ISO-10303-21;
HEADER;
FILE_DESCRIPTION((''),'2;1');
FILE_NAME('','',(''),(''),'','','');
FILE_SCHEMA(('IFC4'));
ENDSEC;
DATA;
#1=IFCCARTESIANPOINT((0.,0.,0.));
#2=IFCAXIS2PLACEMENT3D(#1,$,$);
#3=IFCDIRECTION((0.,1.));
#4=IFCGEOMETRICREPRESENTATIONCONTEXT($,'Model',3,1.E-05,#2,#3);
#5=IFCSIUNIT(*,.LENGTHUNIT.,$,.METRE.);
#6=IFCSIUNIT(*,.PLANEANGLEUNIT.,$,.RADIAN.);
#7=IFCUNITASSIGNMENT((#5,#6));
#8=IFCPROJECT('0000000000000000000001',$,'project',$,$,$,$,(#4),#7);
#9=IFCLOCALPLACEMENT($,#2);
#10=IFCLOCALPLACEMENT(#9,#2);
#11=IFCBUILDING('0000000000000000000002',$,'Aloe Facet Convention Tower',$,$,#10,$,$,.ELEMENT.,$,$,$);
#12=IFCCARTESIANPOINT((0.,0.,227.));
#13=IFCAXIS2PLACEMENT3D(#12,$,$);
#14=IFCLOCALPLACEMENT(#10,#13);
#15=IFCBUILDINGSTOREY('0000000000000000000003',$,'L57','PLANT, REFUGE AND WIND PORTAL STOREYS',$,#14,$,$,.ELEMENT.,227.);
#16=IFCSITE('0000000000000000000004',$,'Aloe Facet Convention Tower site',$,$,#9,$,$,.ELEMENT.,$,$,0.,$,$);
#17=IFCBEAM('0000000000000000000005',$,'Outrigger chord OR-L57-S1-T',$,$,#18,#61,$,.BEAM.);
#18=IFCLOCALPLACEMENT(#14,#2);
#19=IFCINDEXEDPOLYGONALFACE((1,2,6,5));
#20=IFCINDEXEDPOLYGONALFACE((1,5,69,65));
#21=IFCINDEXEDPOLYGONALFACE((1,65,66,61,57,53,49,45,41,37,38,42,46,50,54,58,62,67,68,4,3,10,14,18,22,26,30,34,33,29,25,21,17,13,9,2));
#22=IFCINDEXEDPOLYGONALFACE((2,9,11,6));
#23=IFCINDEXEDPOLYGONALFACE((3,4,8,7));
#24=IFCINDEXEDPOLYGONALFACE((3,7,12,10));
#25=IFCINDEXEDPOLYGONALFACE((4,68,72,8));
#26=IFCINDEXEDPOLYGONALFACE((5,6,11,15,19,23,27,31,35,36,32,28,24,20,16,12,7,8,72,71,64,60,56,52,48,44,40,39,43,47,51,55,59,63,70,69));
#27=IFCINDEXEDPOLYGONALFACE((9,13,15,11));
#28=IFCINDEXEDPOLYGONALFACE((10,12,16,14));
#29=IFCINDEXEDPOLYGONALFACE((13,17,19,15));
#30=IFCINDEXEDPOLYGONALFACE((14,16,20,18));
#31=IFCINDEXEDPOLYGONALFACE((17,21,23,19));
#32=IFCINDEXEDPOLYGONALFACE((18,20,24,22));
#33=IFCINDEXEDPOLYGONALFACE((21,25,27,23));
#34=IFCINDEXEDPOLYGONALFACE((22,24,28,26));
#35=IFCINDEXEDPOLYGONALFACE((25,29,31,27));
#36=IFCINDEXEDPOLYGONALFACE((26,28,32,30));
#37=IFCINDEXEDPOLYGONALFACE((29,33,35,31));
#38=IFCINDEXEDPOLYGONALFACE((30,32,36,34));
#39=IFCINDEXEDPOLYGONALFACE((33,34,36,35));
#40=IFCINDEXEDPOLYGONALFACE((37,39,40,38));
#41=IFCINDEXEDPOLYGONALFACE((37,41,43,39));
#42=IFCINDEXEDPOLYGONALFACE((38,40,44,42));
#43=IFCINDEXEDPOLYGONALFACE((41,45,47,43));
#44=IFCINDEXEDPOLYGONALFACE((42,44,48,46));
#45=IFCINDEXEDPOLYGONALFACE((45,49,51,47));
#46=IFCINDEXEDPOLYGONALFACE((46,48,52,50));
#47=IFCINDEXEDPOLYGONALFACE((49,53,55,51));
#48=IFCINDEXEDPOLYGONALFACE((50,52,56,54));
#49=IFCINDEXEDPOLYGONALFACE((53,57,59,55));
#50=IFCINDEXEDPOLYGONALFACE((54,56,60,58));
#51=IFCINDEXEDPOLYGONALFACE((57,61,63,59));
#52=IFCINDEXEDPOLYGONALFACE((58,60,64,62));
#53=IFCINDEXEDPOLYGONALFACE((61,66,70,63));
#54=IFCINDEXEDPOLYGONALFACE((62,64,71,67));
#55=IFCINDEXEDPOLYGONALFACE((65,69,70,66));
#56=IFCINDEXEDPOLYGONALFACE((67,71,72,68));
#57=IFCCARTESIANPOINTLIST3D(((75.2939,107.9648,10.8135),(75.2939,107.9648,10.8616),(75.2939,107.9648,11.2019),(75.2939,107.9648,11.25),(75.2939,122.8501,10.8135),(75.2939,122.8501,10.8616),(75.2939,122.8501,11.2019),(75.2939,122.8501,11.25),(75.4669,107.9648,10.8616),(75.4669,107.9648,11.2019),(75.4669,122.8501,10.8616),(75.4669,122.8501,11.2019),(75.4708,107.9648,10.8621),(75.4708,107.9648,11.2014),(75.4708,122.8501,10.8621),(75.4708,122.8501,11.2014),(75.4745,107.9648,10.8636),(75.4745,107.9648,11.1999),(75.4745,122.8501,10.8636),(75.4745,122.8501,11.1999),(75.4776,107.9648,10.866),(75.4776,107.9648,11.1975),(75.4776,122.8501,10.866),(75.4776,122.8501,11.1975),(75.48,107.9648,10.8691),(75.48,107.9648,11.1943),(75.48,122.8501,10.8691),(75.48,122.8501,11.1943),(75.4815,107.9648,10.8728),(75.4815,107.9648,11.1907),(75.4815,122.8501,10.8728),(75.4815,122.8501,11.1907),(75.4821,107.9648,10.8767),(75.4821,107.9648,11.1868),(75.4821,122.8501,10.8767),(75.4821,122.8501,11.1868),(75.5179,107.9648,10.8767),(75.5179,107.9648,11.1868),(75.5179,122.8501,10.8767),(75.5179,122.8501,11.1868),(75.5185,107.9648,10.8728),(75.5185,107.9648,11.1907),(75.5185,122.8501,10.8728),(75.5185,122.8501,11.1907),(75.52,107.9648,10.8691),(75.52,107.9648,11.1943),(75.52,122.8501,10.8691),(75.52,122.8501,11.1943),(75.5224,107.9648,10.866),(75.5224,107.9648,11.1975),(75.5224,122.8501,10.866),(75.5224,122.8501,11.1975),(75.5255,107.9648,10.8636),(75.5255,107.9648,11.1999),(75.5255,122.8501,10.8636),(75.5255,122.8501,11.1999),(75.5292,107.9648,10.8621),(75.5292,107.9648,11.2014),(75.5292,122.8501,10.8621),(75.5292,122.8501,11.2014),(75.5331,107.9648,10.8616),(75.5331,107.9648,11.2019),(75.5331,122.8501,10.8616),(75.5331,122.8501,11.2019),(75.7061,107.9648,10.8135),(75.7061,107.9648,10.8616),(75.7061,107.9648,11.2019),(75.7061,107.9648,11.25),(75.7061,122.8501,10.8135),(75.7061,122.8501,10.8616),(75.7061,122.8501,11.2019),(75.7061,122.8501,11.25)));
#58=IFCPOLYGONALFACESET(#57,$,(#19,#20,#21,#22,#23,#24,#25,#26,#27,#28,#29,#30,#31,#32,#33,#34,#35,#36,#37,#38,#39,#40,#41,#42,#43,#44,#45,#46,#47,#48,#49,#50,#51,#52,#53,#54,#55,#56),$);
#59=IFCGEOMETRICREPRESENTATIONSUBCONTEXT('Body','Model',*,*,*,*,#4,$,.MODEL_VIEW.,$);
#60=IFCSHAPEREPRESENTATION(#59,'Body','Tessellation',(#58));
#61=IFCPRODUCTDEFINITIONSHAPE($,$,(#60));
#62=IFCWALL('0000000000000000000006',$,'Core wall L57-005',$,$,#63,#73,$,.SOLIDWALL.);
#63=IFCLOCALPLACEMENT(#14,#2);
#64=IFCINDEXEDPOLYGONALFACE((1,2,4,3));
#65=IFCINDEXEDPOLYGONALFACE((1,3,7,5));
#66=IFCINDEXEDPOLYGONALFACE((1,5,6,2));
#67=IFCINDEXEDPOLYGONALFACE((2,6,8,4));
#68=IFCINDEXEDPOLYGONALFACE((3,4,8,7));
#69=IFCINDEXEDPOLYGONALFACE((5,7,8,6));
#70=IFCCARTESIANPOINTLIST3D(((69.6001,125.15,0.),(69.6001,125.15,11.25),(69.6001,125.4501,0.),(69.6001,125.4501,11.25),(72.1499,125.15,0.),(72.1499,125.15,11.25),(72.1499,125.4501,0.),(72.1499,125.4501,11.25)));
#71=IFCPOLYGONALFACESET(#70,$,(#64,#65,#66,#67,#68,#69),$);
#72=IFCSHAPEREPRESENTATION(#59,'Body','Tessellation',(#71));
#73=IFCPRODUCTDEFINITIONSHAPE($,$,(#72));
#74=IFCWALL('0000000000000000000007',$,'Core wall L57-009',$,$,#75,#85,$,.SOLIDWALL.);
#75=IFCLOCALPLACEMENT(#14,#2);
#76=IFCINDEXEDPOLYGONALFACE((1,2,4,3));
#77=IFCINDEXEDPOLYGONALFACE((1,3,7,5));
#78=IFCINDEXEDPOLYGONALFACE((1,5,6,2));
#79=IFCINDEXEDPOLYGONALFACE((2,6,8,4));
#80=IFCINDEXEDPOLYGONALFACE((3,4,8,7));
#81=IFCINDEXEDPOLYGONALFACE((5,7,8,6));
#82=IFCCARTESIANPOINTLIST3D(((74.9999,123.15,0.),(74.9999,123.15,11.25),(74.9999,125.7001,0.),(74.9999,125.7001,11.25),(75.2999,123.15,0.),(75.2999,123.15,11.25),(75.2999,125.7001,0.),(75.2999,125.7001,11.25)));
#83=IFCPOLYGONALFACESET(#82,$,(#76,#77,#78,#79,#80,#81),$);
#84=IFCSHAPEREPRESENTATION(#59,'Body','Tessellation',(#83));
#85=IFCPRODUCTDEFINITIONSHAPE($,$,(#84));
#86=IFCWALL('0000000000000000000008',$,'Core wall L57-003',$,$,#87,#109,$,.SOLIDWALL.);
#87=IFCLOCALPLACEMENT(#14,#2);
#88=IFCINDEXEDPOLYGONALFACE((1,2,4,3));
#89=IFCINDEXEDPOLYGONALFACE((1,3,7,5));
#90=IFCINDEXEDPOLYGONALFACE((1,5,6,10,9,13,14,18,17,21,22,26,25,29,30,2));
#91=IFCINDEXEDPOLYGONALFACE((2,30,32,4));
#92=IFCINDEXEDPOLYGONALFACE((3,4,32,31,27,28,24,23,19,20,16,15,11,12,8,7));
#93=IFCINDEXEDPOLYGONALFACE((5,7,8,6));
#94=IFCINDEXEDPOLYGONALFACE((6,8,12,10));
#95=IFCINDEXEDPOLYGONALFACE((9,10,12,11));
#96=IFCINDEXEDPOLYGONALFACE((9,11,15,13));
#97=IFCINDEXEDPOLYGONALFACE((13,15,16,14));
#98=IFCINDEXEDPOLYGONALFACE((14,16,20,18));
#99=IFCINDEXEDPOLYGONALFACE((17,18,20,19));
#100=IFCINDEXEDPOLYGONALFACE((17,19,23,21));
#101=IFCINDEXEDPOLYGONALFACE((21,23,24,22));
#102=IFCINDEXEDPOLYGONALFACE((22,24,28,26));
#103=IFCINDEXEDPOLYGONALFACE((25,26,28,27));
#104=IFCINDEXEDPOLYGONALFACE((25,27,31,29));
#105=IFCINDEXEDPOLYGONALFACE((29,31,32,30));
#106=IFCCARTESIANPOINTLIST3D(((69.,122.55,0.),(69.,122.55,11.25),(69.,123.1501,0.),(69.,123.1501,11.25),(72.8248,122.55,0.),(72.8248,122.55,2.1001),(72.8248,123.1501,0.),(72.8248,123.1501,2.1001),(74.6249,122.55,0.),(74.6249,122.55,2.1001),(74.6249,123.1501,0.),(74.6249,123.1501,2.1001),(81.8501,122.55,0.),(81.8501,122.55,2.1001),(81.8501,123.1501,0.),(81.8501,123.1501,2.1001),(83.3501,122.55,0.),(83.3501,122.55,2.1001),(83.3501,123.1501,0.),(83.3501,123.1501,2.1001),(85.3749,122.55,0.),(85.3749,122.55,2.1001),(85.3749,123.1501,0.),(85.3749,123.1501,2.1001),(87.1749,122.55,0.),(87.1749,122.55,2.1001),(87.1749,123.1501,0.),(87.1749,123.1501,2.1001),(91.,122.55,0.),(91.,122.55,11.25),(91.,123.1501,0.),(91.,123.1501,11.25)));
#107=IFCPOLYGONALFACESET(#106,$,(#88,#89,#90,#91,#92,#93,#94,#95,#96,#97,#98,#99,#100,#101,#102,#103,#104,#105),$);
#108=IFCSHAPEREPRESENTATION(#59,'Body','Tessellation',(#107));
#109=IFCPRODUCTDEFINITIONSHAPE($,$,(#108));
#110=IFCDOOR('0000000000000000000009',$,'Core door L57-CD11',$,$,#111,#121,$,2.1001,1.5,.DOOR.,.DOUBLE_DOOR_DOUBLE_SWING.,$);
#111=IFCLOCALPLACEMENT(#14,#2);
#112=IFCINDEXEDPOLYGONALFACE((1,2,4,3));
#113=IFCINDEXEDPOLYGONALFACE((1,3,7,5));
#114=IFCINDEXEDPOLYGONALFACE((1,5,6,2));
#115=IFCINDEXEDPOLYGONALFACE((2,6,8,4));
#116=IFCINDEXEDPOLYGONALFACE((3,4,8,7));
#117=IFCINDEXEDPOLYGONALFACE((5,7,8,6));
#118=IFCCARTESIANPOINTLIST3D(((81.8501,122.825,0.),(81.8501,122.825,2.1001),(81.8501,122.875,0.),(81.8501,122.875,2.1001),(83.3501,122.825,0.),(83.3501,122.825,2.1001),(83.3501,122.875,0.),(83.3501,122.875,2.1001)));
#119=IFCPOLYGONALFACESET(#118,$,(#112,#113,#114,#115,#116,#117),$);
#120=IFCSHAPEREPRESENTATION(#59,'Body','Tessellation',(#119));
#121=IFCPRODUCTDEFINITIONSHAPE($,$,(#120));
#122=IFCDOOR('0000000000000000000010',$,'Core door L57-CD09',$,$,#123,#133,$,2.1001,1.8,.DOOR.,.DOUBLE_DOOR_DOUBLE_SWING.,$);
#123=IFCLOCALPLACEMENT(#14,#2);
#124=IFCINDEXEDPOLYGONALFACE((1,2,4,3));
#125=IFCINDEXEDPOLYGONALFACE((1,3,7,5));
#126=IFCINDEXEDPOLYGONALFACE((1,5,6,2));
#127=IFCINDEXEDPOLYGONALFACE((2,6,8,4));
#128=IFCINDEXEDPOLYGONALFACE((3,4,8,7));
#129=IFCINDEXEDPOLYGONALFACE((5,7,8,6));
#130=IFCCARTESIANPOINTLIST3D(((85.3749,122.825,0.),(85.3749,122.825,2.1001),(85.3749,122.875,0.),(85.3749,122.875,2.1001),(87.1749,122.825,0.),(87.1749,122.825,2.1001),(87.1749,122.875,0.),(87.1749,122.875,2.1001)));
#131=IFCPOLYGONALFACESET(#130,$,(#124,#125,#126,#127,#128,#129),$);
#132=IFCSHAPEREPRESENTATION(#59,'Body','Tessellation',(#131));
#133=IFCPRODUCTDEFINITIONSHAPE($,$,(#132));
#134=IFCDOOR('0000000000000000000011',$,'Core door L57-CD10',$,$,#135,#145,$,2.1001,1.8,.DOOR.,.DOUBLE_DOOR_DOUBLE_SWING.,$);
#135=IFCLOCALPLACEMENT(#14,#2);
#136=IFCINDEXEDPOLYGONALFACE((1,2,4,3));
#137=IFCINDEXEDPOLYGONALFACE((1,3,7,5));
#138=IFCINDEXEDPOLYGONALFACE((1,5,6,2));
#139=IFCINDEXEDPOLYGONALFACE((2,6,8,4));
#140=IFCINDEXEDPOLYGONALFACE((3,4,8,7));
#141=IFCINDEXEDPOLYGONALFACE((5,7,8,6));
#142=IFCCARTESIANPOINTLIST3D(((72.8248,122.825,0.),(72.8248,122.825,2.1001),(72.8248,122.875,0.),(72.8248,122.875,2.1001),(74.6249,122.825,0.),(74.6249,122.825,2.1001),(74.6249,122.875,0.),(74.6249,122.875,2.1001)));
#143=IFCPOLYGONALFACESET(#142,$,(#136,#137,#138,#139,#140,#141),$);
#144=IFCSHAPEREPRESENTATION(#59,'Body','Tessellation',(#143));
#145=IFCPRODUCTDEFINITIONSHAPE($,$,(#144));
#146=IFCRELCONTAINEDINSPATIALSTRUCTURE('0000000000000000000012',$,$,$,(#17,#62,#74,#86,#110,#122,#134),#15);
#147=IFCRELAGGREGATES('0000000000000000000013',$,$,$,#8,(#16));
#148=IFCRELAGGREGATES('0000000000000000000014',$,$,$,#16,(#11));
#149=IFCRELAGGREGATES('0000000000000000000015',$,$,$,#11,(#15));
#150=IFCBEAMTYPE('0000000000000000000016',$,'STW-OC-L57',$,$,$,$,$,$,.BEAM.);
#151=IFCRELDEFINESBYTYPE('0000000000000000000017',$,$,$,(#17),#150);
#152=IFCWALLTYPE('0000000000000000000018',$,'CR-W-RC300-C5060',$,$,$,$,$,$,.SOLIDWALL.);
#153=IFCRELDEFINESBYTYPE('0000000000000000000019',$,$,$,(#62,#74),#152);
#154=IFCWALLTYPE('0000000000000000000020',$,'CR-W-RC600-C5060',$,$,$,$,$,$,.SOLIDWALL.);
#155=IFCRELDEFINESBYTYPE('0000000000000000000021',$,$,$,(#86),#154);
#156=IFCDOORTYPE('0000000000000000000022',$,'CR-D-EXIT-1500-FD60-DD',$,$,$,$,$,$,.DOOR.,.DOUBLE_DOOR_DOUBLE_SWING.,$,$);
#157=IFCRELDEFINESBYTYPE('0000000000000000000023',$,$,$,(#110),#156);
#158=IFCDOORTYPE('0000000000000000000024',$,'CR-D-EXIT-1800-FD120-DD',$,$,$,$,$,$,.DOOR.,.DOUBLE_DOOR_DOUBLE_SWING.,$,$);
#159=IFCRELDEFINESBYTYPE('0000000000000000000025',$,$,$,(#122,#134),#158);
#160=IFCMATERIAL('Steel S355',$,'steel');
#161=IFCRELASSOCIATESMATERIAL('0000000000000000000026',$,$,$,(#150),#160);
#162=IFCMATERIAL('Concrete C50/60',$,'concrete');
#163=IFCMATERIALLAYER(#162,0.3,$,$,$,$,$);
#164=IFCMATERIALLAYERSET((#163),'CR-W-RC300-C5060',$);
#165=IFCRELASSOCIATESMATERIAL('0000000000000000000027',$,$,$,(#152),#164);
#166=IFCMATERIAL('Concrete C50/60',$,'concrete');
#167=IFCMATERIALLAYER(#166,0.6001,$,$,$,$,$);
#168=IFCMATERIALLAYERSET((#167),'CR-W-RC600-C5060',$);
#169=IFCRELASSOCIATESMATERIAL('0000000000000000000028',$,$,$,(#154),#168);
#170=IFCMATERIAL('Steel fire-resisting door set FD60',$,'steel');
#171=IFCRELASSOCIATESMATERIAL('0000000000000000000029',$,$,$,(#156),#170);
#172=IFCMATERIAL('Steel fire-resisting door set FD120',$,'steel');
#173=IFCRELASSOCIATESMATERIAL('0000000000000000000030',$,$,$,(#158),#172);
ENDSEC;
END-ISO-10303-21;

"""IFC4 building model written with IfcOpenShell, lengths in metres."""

from ifc_helpers import new_model, si_unit, direction, frame, frame_2d, origin, origin_2d, place, context, subcontext, project, spatial, rectangle, i_section, extrude, material, layer, layer_set, material_profile, profile_set, type_object, element, fill, save


model = new_model("IFC4")

# Units and contexts
model_context = context("Model", 3, precision=1e-05, world=origin(), true_north=direction((0.0, 1.0)))
body_context = subcontext(model_context, "Body", "Model", "MODEL_VIEW")
ifc_project = project(units=[si_unit("LENGTHUNIT", "METRE"), si_unit("PLANEANGLEUNIT", "RADIAN")], contexts=[model_context])

# Site, building, storey
site_placement = place(None, origin())
site = spatial("IfcSite", under=ifc_project, at=site_placement, Name="Aloe Facet Convention Tower site", CompositionType="ELEMENT", RefElevation=0.0)
building_placement = place(site_placement, origin())
building = spatial("IfcBuilding", under=site, at=building_placement, Name="Aloe Facet Convention Tower", CompositionType="ELEMENT")
storey_placement = place(building_placement, frame((0.0, 0.0, 227.0)))
storey = spatial("IfcBuildingStorey", under=building, at=storey_placement, Name="L57", Description="PLANT, REFUGE AND WIND PORTAL STOREYS", CompositionType="ELEMENT", Elevation=227.0)

# Beam
ifc_material_1 = material(Name="Steel S355", Category="steel")
ifc_material_profile_1 = material_profile(ifc_material_1, i_section(OverallWidth=0.4121, OverallDepth=0.4365, WebThickness=0.0359, FlangeThickness=0.0481, FilletRadius=0.0151, at=origin_2d()), Name="UC 356x406x467")
ifc_profile_set_1 = profile_set([ifc_material_profile_1], Name="Steel S355")
beam_type_1 = type_object("IfcBeamType", Name="STW-OC-L57", PredefinedType="BEAM", material=ifc_profile_set_1)
beam_1_placement = place(storey_placement, frame((75.5, 122.8501, 11.0317), z_axis=(0.0, -1.0, 0.0), x_axis=(1.0, 0.0, 0.0)))
element("IfcBeam", 1, at=beam_1_placement, inside=storey, type_object=beam_type_1, Name="Outrigger chord OR-L57-S1-T", PredefinedType="BEAM", context=body_context, shape_type="SweptSolid", body=[
    extrude(i_section(OverallWidth=0.4121, OverallDepth=0.4365, WebThickness=0.0359, FlangeThickness=0.0481, FilletRadius=0.0151, at=origin_2d()), origin(), (0.0, 0.0, 1.0), 14.8853),
])

# Walls
ifc_material_2 = material(Name="Concrete C50/60", Category="concrete")
ifc_layer_1 = layer(ifc_material_2, 0.3)
ifc_layer_set_1 = layer_set([ifc_layer_1], Name="CR-W-RC300-C5060")
wall_type_1 = type_object("IfcWallType", Name="CR-W-RC300-C5060", PredefinedType="SOLIDWALL", material=ifc_layer_set_1)
wall_1_placement = place(storey_placement, frame((69.6001, 125.3, 0.0), z_axis=(0.0, 0.0, 1.0), x_axis=(1.0, 0.0, 0.0)))
element("IfcWall", 2, at=wall_1_placement, inside=storey, type_object=wall_type_1, Name="Core wall L57-005", PredefinedType="SOLIDWALL", context=body_context, shape_type="SweptSolid", body=[
    extrude(rectangle(XDim=2.5498, YDim=0.3, at=frame_2d((1.2749, 0.0))), origin(), (0.0, 0.0, 1.0), 11.25),
])
wall_2_placement = place(storey_placement, frame((75.1499, 125.7, 0.0), z_axis=(0.0, 0.0, 1.0), x_axis=(0.0, -1.0, 0.0)))
element("IfcWall", 3, at=wall_2_placement, inside=storey, type_object=wall_type_1, Name="Core wall L57-009", PredefinedType="SOLIDWALL", context=body_context, shape_type="SweptSolid", body=[
    extrude(rectangle(XDim=2.55, YDim=0.3, at=frame_2d((1.2749, 0.0))), origin(), (0.0, 0.0, 1.0), 11.25),
])

# Wall, openings, doors
ifc_material_3 = material(Name="Concrete C50/60", Category="concrete")
ifc_layer_2 = layer(ifc_material_3, 0.6001)
ifc_layer_set_2 = layer_set([ifc_layer_2], Name="CR-W-RC600-C5060")
wall_type_2 = type_object("IfcWallType", Name="CR-W-RC600-C5060", PredefinedType="SOLIDWALL", material=ifc_layer_set_2)
wall_3_placement = place(storey_placement, frame((69.0, 122.8501, 0.0), z_axis=(0.0, 0.0, 1.0), x_axis=(1.0, 0.0, 0.0)))
wall_3 = element("IfcWall", 4, at=wall_3_placement, inside=storey, type_object=wall_type_2, Name="Core wall L57-003", PredefinedType="SOLIDWALL", context=body_context, shape_type="SweptSolid", body=[
    extrude(rectangle(XDim=22.0, YDim=0.6001, at=frame_2d((11.0, 0.0))), origin(), (0.0, 0.0, 1.0), 11.25),
])
opening_1_placement = place(wall_3_placement, frame((16.375, 0.0, 0.0)))
opening_1 = element("IfcOpeningElement", 5, at=opening_1_placement, cuts=wall_3, PredefinedType="OPENING", context=body_context, shape_type="SweptSolid", body=[
    extrude(rectangle(XDim=1.8, YDim=2.1001, at=frame_2d((0.8999, 1.05))), frame((0.0, 0.3101, 0.0), z_axis=(0.0, -1.0, 0.0), x_axis=(1.0, 0.0, 0.0)), (0.0, 0.0, 1.0), 0.6201),
])
opening_2_placement = place(wall_3_placement, frame((3.825, 0.0, 0.0)))
opening_2 = element("IfcOpeningElement", 6, at=opening_2_placement, cuts=wall_3, PredefinedType="OPENING", context=body_context, shape_type="SweptSolid", body=[
    extrude(rectangle(XDim=1.8, YDim=2.1001, at=frame_2d((0.8999, 1.05))), frame((0.0, 0.3101, 0.0), z_axis=(0.0, -1.0, 0.0), x_axis=(1.0, 0.0, 0.0)), (0.0, 0.0, 1.0), 0.6201),
])
opening_3_placement = place(wall_3_placement, frame((12.8501, 0.0, 0.0)))
opening_3 = element("IfcOpeningElement", 7, at=opening_3_placement, cuts=wall_3, PredefinedType="OPENING", context=body_context, shape_type="SweptSolid", body=[
    extrude(rectangle(XDim=1.5, YDim=2.1001, at=frame_2d((0.75, 1.05))), frame((0.0, 0.3101, 0.0), z_axis=(0.0, -1.0, 0.0), x_axis=(1.0, 0.0, 0.0)), (0.0, 0.0, 1.0), 0.6201),
])
ifc_material_4 = material(Name="Steel fire-resisting door set FD60", Category="steel")
door_type_1 = type_object("IfcDoorType", Name="CR-D-EXIT-1500-FD60-DD", OperationType="DOUBLE_DOOR_DOUBLE_SWING", PredefinedType="DOOR", material=ifc_material_4)
door_1_placement = place(opening_3_placement, origin())
door_1 = element("IfcDoor", 8, at=door_1_placement, inside=storey, type_object=door_type_1, Name="Core door L57-CD11", OperationType="DOUBLE_DOOR_DOUBLE_SWING", OverallHeight=2.1001, OverallWidth=1.5, PredefinedType="DOOR", context=body_context, shape_type="SweptSolid", body=[
    extrude(rectangle(XDim=1.5, YDim=2.1001, at=frame_2d((0.75, 1.05))), frame((0.0, 0.0249, 0.0), z_axis=(0.0, -1.0, 0.0), x_axis=(1.0, 0.0, 0.0)), (0.0, 0.0, 1.0), 0.05),
])
fill(opening_3, door_1)
ifc_material_5 = material(Name="Steel fire-resisting door set FD120", Category="steel")
door_type_2 = type_object("IfcDoorType", Name="CR-D-EXIT-1800-FD120-DD", OperationType="DOUBLE_DOOR_DOUBLE_SWING", PredefinedType="DOOR", material=ifc_material_5)
door_2_placement = place(opening_1_placement, origin())
door_2 = element("IfcDoor", 9, at=door_2_placement, inside=storey, type_object=door_type_2, Name="Core door L57-CD09", OperationType="DOUBLE_DOOR_DOUBLE_SWING", OverallHeight=2.1001, OverallWidth=1.8, PredefinedType="DOOR", context=body_context, shape_type="SweptSolid", body=[
    extrude(rectangle(XDim=1.8, YDim=2.1001, at=frame_2d((0.8999, 1.05))), frame((0.0, 0.0249, 0.0), z_axis=(0.0, -1.0, 0.0), x_axis=(1.0, 0.0, 0.0)), (0.0, 0.0, 1.0), 0.05),
])
fill(opening_1, door_2)
door_3_placement = place(opening_2_placement, origin())
door_3 = element("IfcDoor", 10, at=door_3_placement, inside=storey, type_object=door_type_2, Name="Core door L57-CD10", OperationType="DOUBLE_DOOR_DOUBLE_SWING", OverallHeight=2.1001, OverallWidth=1.8, PredefinedType="DOOR", context=body_context, shape_type="SweptSolid", body=[
    extrude(rectangle(XDim=1.8, YDim=2.1001, at=frame_2d((0.8999, 1.05))), frame((0.0, 0.0249, 0.0), z_axis=(0.0, -1.0, 0.0), x_axis=(1.0, 0.0, 0.0)), (0.0, 0.0, 1.0), 0.05),
])
fill(opening_2, door_3)

save(model, "model.ifc")
